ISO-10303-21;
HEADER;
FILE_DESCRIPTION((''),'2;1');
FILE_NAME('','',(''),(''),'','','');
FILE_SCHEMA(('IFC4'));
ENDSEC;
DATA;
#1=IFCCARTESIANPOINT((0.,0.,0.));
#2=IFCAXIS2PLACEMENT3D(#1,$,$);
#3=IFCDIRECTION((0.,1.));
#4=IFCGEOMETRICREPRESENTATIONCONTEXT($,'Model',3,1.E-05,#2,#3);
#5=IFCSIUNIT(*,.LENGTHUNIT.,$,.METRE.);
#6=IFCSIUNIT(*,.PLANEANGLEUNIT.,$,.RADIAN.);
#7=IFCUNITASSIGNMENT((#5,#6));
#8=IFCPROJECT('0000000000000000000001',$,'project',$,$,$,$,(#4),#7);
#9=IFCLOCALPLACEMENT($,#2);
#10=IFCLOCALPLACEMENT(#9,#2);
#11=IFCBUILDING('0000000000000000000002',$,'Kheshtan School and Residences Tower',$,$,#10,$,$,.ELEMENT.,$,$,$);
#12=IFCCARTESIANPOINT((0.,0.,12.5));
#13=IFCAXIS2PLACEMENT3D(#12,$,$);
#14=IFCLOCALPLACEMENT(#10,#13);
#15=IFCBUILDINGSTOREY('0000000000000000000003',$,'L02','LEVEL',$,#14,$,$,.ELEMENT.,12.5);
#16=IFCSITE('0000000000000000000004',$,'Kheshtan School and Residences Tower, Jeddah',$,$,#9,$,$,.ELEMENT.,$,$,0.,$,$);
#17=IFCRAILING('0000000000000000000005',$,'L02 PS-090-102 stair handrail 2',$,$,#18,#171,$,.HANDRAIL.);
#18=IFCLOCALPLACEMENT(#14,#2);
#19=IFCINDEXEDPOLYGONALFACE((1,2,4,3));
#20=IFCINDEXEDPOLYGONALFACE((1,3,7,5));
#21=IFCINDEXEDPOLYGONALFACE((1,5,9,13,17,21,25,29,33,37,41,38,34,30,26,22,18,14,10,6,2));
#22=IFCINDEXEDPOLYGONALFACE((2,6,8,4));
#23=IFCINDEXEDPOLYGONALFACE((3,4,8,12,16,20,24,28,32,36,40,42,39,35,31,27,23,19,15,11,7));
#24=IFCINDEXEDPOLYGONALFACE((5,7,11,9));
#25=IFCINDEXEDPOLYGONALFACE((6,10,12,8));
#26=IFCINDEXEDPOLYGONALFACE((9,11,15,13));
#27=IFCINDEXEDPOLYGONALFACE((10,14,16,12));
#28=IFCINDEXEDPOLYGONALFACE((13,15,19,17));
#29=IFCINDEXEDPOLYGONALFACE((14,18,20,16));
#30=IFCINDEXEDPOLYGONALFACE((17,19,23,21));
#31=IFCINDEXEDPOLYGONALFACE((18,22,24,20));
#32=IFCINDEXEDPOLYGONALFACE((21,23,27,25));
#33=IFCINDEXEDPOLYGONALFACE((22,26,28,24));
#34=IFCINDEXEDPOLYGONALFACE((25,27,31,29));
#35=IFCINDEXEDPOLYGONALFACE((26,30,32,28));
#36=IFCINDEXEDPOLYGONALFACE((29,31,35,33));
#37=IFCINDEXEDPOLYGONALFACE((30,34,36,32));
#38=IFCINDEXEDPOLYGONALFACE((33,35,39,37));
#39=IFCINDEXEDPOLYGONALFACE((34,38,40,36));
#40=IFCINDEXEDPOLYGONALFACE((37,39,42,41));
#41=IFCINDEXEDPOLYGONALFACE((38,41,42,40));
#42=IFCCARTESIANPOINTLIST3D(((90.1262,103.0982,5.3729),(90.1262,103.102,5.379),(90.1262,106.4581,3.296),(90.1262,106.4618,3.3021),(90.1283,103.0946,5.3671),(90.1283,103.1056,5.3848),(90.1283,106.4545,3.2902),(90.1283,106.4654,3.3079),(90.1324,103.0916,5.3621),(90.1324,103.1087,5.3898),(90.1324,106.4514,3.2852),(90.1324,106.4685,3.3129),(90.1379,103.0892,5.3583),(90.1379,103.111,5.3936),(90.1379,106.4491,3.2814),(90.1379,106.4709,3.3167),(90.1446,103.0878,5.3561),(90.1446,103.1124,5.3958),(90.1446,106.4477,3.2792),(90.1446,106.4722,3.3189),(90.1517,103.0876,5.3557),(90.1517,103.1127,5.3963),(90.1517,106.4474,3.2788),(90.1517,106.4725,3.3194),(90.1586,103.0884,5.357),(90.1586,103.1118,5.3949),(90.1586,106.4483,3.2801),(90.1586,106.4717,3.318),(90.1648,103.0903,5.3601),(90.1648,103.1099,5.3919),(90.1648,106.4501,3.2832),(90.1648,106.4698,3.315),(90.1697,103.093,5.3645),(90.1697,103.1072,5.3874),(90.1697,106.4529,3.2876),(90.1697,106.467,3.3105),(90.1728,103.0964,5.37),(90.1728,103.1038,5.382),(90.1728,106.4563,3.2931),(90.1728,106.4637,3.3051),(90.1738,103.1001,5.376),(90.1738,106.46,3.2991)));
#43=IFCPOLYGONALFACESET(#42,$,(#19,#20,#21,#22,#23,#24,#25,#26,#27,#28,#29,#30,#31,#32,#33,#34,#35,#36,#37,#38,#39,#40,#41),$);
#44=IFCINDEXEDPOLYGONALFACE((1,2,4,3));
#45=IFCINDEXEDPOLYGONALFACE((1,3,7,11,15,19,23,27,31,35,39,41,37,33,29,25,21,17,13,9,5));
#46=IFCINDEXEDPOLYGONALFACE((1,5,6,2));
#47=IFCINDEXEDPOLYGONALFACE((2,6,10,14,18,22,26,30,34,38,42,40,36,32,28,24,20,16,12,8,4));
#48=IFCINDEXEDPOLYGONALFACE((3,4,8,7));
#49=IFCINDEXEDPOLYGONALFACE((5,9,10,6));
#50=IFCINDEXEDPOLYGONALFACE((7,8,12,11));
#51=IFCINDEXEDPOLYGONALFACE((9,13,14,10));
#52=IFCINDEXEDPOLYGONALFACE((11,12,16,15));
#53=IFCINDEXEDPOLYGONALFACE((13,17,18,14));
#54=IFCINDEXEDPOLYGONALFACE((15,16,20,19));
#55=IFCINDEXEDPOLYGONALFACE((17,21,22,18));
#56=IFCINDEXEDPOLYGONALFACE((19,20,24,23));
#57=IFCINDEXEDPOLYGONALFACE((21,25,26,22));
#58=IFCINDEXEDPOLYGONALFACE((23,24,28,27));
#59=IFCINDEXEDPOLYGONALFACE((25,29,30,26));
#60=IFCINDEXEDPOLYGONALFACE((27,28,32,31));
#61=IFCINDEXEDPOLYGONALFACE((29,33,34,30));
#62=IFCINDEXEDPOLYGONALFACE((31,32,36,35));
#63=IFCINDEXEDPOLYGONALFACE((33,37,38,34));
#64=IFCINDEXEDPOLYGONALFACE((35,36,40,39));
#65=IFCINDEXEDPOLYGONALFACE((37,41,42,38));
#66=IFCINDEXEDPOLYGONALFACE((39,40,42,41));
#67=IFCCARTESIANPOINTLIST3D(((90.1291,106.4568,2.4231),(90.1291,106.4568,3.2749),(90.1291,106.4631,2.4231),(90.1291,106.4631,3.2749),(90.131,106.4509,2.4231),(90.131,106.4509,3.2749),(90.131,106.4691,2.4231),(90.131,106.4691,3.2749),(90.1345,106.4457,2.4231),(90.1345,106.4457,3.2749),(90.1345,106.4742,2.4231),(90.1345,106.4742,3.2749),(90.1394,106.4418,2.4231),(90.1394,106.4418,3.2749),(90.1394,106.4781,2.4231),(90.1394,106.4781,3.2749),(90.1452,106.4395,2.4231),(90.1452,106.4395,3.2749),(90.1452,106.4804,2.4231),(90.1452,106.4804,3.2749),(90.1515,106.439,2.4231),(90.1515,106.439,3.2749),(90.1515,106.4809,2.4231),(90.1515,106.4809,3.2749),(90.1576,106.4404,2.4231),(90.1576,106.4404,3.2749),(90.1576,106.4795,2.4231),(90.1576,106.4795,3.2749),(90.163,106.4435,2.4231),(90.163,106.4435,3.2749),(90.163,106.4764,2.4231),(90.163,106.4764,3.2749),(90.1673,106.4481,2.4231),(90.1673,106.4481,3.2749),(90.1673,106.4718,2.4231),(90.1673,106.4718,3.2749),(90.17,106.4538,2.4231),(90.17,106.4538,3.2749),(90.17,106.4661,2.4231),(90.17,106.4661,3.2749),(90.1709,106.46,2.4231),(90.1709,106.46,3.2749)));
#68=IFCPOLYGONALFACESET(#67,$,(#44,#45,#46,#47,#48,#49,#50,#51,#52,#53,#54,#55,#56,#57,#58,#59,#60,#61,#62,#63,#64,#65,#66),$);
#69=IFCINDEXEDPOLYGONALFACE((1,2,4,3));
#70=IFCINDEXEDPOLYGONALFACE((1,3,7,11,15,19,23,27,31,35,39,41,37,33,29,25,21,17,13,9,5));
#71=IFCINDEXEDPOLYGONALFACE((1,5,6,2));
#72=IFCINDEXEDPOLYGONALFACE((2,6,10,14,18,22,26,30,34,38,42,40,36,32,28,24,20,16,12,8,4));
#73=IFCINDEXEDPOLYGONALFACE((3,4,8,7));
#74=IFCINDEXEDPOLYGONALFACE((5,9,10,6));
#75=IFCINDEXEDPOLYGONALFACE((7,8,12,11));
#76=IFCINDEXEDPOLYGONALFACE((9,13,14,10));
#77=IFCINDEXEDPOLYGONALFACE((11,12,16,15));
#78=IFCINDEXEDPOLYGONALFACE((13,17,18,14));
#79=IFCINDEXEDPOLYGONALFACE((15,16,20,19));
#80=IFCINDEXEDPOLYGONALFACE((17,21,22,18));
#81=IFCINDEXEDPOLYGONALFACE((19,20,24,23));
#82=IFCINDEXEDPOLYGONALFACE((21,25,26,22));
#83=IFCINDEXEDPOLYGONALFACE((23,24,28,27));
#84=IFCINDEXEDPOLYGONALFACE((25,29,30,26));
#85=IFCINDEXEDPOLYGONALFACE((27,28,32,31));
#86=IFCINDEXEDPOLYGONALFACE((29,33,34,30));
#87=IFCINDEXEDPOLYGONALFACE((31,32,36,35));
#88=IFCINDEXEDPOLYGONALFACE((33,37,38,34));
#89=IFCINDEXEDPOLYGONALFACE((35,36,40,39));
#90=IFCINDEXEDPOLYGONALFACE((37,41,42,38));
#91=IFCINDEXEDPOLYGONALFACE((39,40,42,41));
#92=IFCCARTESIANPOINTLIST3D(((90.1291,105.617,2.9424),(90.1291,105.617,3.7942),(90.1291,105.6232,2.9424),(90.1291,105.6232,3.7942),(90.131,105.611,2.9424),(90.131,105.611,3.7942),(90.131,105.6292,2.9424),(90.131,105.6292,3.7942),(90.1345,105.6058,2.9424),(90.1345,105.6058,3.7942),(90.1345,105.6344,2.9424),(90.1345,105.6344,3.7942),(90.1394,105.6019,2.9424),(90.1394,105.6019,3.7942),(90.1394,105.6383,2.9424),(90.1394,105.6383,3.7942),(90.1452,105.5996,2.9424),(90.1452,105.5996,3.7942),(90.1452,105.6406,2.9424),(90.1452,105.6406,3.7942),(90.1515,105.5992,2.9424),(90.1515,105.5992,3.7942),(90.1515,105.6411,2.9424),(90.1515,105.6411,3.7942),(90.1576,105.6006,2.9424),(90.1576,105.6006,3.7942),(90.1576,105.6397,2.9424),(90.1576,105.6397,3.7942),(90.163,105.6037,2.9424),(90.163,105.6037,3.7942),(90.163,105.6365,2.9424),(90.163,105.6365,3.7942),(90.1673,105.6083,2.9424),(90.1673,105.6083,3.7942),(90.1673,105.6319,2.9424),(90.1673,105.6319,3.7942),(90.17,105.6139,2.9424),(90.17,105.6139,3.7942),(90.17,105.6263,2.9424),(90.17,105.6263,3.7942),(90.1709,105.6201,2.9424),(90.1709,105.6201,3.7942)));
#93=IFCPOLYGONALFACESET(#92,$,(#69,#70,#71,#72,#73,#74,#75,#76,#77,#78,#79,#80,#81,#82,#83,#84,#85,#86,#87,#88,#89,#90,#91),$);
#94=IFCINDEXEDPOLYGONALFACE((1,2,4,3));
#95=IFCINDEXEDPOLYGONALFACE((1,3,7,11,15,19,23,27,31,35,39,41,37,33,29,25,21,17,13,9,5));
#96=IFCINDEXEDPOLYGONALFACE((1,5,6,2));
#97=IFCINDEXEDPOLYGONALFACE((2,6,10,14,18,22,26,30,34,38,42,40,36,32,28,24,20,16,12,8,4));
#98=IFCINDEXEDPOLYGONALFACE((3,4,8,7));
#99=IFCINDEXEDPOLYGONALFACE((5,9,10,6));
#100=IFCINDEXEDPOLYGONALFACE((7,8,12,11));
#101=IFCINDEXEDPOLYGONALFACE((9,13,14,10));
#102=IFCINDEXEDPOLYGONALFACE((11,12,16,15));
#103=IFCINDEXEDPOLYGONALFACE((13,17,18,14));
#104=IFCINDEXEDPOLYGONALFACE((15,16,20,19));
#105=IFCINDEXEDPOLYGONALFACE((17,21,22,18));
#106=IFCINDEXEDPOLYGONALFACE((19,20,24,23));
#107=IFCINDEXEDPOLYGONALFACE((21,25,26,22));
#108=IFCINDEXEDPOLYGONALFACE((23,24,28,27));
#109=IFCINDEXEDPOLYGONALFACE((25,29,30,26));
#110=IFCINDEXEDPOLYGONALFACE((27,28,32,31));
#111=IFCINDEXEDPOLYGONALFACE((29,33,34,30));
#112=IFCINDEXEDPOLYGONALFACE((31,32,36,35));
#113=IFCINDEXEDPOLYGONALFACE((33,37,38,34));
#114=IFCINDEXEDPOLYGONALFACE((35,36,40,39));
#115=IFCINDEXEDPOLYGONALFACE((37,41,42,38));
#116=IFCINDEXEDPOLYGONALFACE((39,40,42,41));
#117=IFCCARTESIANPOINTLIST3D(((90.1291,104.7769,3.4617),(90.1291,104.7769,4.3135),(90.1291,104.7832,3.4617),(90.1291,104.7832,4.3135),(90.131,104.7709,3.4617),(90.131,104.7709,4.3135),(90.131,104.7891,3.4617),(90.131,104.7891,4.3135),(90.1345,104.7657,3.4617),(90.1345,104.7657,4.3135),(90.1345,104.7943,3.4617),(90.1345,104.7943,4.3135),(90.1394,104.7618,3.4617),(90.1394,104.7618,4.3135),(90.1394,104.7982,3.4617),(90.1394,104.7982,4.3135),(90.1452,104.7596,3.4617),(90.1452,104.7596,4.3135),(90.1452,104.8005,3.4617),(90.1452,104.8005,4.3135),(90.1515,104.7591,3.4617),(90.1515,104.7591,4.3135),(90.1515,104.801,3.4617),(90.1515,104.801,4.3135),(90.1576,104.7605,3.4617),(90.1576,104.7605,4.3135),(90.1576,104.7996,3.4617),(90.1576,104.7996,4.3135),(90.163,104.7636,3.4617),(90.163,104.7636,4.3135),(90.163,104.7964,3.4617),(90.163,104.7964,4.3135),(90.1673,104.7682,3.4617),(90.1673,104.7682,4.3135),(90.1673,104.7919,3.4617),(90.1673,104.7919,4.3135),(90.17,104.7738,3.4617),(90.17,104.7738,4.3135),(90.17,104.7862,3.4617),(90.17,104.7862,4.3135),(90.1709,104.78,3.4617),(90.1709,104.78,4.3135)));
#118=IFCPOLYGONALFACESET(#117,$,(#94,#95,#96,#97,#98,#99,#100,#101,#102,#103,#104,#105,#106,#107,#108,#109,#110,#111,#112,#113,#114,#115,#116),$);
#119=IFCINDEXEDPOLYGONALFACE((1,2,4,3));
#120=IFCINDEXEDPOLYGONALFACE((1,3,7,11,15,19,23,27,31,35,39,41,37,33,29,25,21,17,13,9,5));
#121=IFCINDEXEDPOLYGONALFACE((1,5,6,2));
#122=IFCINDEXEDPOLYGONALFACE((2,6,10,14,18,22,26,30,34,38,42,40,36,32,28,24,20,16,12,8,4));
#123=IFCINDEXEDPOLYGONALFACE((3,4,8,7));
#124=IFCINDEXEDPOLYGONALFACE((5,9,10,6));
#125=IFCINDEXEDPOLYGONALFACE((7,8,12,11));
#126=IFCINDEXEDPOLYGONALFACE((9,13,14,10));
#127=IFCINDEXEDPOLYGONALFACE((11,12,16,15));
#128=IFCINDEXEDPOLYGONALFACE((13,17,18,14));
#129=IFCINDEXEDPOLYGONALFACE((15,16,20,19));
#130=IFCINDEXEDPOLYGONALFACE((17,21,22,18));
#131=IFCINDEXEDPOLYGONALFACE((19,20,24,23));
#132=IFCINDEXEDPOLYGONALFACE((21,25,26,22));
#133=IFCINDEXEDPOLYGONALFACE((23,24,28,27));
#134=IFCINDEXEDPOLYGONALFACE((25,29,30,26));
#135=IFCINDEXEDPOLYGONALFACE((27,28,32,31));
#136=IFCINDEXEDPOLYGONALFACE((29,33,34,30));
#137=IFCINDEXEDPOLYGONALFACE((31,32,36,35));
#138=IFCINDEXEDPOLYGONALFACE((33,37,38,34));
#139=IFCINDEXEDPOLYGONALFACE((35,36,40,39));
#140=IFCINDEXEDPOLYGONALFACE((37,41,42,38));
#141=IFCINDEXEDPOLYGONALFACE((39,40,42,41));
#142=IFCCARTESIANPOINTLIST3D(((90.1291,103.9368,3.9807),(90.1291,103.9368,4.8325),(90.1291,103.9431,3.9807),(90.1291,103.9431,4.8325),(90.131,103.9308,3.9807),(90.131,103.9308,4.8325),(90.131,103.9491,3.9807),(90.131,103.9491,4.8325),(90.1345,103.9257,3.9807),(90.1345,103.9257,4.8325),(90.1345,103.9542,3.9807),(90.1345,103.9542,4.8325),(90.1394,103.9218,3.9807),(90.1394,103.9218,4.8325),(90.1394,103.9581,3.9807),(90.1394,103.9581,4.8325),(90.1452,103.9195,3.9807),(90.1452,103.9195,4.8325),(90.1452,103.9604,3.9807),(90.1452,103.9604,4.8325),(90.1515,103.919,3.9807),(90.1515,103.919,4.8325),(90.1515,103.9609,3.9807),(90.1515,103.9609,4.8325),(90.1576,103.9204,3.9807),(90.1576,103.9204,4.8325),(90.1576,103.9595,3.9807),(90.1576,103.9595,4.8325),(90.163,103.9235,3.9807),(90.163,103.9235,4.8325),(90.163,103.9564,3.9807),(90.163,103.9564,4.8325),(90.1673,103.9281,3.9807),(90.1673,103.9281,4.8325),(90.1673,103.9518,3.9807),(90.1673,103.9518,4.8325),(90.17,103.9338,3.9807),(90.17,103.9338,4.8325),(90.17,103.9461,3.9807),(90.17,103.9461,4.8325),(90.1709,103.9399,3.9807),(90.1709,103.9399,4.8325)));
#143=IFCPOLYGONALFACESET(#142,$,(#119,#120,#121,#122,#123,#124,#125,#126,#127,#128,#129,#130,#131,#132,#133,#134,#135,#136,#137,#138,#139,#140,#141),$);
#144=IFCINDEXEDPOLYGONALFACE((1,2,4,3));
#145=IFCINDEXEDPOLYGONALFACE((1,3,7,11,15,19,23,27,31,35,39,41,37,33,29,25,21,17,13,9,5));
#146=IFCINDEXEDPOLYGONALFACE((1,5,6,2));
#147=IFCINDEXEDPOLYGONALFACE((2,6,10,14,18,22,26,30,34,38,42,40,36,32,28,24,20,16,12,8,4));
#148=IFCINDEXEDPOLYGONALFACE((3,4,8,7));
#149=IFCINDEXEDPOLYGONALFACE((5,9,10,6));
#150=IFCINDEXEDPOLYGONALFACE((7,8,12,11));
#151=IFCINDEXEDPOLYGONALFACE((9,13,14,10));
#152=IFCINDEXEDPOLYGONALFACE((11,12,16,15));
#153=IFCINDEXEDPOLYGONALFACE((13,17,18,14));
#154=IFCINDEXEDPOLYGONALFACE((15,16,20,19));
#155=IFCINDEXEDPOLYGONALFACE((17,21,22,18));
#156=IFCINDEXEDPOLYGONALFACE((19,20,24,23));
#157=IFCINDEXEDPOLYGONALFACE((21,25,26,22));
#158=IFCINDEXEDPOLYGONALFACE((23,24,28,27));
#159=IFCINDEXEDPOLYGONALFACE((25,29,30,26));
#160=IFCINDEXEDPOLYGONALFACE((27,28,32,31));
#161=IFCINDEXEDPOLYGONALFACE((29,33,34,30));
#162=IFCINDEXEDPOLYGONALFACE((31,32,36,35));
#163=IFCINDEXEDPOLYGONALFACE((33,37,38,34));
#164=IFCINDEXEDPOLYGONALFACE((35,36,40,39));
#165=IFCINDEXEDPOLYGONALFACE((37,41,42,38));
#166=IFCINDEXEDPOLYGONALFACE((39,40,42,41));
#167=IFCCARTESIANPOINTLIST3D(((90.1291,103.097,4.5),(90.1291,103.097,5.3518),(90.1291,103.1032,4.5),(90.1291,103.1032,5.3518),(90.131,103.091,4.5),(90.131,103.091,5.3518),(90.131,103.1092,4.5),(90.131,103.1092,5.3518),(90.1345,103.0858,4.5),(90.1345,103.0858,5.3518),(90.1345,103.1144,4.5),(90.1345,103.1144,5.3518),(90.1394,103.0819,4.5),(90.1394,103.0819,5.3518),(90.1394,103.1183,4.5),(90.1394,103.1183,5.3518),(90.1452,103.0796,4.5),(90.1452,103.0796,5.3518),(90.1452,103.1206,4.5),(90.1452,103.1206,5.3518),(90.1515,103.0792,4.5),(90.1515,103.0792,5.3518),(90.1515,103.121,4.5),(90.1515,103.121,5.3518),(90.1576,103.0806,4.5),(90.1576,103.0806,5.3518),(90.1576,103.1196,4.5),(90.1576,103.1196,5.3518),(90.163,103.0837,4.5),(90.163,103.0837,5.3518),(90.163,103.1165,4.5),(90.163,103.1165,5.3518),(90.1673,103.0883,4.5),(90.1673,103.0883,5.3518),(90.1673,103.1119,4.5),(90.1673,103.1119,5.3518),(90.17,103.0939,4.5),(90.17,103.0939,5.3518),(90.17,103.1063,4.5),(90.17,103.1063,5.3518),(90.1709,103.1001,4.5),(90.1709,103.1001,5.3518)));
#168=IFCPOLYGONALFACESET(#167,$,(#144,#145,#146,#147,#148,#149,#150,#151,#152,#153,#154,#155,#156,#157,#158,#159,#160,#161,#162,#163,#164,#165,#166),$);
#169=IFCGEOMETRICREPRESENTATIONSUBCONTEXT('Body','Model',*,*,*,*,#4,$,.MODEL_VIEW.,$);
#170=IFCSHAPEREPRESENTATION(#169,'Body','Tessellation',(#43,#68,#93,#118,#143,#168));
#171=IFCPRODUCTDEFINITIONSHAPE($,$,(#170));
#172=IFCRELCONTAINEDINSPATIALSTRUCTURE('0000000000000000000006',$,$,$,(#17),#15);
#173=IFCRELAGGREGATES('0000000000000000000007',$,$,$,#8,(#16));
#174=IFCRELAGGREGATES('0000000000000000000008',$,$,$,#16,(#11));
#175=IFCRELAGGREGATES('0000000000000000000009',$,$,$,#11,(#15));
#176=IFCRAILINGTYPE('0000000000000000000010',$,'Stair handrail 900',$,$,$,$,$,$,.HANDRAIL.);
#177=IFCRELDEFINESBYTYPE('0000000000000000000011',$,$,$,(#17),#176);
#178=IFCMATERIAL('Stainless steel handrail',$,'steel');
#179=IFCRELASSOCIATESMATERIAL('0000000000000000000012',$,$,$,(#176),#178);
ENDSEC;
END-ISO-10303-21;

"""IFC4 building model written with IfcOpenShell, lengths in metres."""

from ifc_helpers import new_model, si_unit, direction, frame, origin, origin_2d, place, context, subcontext, project, spatial, circle, extrude, material, type_object, element, save


model = new_model("IFC4")

# Units and contexts
model_context = context("Model", 3, precision=1e-05, world=origin(), true_north=direction((0.0, 1.0)))
body_context = subcontext(model_context, "Body", "Model", "MODEL_VIEW")
ifc_project = project(units=[si_unit("LENGTHUNIT", "METRE"), si_unit("PLANEANGLEUNIT", "RADIAN")], contexts=[model_context])

# Site, building, storey
site_placement = place(None, origin())
site = spatial("IfcSite", under=ifc_project, at=site_placement, Name="Kheshtan School and Residences Tower, Jeddah", CompositionType="ELEMENT", RefElevation=0.0)
building_placement = place(site_placement, origin())
building = spatial("IfcBuilding", under=site, at=building_placement, Name="Kheshtan School and Residences Tower", CompositionType="ELEMENT")
storey_placement = place(building_placement, frame((0.0, 0.0, 12.5)))
storey = spatial("IfcBuildingStorey", under=building, at=storey_placement, Name="L02", Description="LEVEL", CompositionType="ELEMENT", Elevation=12.5)

# Railing
ifc_material_1 = material(Name="Stainless steel handrail", Category="steel")
railing_type_1 = type_object("IfcRailingType", Name="Stair handrail 900", PredefinedType="HANDRAIL", material=ifc_material_1)
railing_1_placement = place(storey_placement, frame((90.1499, 106.46, 2.4231)))
element("IfcRailing", 1, at=railing_1_placement, inside=storey, type_object=railing_type_1, Name="L02 PS-090-102 stair handrail 2", PredefinedType="HANDRAIL", context=body_context, shape_type="SweptSolid", body=[
    extrude(circle(Radius=0.0239, at=origin_2d()), frame((0.0, 0.0, 0.876), z_axis=(0.0, -0.850606, 0.525803), x_axis=(1.0, 0.0, 0.0)), (0.0, 0.0, 1.0), 3.95),
    extrude(circle(Radius=0.021, at=origin_2d()), origin(), (0.0, 0.0, 1.0), 0.8518),
    extrude(circle(Radius=0.021, at=origin_2d()), frame((0.0, -0.8398, 0.5193)), (0.0, 0.0, 1.0), 0.8518),
    extrude(circle(Radius=0.021, at=origin_2d()), frame((0.0, -1.6799, 1.0386)), (0.0, 0.0, 1.0), 0.8518),
    extrude(circle(Radius=0.021, at=origin_2d()), frame((0.0, -2.52, 1.5576)), (0.0, 0.0, 1.0), 0.8518),
    extrude(circle(Radius=0.021, at=origin_2d()), frame((0.0, -3.3599, 2.0769)), (0.0, 0.0, 1.0), 0.8518),
])

save(model, "model.ifc")
